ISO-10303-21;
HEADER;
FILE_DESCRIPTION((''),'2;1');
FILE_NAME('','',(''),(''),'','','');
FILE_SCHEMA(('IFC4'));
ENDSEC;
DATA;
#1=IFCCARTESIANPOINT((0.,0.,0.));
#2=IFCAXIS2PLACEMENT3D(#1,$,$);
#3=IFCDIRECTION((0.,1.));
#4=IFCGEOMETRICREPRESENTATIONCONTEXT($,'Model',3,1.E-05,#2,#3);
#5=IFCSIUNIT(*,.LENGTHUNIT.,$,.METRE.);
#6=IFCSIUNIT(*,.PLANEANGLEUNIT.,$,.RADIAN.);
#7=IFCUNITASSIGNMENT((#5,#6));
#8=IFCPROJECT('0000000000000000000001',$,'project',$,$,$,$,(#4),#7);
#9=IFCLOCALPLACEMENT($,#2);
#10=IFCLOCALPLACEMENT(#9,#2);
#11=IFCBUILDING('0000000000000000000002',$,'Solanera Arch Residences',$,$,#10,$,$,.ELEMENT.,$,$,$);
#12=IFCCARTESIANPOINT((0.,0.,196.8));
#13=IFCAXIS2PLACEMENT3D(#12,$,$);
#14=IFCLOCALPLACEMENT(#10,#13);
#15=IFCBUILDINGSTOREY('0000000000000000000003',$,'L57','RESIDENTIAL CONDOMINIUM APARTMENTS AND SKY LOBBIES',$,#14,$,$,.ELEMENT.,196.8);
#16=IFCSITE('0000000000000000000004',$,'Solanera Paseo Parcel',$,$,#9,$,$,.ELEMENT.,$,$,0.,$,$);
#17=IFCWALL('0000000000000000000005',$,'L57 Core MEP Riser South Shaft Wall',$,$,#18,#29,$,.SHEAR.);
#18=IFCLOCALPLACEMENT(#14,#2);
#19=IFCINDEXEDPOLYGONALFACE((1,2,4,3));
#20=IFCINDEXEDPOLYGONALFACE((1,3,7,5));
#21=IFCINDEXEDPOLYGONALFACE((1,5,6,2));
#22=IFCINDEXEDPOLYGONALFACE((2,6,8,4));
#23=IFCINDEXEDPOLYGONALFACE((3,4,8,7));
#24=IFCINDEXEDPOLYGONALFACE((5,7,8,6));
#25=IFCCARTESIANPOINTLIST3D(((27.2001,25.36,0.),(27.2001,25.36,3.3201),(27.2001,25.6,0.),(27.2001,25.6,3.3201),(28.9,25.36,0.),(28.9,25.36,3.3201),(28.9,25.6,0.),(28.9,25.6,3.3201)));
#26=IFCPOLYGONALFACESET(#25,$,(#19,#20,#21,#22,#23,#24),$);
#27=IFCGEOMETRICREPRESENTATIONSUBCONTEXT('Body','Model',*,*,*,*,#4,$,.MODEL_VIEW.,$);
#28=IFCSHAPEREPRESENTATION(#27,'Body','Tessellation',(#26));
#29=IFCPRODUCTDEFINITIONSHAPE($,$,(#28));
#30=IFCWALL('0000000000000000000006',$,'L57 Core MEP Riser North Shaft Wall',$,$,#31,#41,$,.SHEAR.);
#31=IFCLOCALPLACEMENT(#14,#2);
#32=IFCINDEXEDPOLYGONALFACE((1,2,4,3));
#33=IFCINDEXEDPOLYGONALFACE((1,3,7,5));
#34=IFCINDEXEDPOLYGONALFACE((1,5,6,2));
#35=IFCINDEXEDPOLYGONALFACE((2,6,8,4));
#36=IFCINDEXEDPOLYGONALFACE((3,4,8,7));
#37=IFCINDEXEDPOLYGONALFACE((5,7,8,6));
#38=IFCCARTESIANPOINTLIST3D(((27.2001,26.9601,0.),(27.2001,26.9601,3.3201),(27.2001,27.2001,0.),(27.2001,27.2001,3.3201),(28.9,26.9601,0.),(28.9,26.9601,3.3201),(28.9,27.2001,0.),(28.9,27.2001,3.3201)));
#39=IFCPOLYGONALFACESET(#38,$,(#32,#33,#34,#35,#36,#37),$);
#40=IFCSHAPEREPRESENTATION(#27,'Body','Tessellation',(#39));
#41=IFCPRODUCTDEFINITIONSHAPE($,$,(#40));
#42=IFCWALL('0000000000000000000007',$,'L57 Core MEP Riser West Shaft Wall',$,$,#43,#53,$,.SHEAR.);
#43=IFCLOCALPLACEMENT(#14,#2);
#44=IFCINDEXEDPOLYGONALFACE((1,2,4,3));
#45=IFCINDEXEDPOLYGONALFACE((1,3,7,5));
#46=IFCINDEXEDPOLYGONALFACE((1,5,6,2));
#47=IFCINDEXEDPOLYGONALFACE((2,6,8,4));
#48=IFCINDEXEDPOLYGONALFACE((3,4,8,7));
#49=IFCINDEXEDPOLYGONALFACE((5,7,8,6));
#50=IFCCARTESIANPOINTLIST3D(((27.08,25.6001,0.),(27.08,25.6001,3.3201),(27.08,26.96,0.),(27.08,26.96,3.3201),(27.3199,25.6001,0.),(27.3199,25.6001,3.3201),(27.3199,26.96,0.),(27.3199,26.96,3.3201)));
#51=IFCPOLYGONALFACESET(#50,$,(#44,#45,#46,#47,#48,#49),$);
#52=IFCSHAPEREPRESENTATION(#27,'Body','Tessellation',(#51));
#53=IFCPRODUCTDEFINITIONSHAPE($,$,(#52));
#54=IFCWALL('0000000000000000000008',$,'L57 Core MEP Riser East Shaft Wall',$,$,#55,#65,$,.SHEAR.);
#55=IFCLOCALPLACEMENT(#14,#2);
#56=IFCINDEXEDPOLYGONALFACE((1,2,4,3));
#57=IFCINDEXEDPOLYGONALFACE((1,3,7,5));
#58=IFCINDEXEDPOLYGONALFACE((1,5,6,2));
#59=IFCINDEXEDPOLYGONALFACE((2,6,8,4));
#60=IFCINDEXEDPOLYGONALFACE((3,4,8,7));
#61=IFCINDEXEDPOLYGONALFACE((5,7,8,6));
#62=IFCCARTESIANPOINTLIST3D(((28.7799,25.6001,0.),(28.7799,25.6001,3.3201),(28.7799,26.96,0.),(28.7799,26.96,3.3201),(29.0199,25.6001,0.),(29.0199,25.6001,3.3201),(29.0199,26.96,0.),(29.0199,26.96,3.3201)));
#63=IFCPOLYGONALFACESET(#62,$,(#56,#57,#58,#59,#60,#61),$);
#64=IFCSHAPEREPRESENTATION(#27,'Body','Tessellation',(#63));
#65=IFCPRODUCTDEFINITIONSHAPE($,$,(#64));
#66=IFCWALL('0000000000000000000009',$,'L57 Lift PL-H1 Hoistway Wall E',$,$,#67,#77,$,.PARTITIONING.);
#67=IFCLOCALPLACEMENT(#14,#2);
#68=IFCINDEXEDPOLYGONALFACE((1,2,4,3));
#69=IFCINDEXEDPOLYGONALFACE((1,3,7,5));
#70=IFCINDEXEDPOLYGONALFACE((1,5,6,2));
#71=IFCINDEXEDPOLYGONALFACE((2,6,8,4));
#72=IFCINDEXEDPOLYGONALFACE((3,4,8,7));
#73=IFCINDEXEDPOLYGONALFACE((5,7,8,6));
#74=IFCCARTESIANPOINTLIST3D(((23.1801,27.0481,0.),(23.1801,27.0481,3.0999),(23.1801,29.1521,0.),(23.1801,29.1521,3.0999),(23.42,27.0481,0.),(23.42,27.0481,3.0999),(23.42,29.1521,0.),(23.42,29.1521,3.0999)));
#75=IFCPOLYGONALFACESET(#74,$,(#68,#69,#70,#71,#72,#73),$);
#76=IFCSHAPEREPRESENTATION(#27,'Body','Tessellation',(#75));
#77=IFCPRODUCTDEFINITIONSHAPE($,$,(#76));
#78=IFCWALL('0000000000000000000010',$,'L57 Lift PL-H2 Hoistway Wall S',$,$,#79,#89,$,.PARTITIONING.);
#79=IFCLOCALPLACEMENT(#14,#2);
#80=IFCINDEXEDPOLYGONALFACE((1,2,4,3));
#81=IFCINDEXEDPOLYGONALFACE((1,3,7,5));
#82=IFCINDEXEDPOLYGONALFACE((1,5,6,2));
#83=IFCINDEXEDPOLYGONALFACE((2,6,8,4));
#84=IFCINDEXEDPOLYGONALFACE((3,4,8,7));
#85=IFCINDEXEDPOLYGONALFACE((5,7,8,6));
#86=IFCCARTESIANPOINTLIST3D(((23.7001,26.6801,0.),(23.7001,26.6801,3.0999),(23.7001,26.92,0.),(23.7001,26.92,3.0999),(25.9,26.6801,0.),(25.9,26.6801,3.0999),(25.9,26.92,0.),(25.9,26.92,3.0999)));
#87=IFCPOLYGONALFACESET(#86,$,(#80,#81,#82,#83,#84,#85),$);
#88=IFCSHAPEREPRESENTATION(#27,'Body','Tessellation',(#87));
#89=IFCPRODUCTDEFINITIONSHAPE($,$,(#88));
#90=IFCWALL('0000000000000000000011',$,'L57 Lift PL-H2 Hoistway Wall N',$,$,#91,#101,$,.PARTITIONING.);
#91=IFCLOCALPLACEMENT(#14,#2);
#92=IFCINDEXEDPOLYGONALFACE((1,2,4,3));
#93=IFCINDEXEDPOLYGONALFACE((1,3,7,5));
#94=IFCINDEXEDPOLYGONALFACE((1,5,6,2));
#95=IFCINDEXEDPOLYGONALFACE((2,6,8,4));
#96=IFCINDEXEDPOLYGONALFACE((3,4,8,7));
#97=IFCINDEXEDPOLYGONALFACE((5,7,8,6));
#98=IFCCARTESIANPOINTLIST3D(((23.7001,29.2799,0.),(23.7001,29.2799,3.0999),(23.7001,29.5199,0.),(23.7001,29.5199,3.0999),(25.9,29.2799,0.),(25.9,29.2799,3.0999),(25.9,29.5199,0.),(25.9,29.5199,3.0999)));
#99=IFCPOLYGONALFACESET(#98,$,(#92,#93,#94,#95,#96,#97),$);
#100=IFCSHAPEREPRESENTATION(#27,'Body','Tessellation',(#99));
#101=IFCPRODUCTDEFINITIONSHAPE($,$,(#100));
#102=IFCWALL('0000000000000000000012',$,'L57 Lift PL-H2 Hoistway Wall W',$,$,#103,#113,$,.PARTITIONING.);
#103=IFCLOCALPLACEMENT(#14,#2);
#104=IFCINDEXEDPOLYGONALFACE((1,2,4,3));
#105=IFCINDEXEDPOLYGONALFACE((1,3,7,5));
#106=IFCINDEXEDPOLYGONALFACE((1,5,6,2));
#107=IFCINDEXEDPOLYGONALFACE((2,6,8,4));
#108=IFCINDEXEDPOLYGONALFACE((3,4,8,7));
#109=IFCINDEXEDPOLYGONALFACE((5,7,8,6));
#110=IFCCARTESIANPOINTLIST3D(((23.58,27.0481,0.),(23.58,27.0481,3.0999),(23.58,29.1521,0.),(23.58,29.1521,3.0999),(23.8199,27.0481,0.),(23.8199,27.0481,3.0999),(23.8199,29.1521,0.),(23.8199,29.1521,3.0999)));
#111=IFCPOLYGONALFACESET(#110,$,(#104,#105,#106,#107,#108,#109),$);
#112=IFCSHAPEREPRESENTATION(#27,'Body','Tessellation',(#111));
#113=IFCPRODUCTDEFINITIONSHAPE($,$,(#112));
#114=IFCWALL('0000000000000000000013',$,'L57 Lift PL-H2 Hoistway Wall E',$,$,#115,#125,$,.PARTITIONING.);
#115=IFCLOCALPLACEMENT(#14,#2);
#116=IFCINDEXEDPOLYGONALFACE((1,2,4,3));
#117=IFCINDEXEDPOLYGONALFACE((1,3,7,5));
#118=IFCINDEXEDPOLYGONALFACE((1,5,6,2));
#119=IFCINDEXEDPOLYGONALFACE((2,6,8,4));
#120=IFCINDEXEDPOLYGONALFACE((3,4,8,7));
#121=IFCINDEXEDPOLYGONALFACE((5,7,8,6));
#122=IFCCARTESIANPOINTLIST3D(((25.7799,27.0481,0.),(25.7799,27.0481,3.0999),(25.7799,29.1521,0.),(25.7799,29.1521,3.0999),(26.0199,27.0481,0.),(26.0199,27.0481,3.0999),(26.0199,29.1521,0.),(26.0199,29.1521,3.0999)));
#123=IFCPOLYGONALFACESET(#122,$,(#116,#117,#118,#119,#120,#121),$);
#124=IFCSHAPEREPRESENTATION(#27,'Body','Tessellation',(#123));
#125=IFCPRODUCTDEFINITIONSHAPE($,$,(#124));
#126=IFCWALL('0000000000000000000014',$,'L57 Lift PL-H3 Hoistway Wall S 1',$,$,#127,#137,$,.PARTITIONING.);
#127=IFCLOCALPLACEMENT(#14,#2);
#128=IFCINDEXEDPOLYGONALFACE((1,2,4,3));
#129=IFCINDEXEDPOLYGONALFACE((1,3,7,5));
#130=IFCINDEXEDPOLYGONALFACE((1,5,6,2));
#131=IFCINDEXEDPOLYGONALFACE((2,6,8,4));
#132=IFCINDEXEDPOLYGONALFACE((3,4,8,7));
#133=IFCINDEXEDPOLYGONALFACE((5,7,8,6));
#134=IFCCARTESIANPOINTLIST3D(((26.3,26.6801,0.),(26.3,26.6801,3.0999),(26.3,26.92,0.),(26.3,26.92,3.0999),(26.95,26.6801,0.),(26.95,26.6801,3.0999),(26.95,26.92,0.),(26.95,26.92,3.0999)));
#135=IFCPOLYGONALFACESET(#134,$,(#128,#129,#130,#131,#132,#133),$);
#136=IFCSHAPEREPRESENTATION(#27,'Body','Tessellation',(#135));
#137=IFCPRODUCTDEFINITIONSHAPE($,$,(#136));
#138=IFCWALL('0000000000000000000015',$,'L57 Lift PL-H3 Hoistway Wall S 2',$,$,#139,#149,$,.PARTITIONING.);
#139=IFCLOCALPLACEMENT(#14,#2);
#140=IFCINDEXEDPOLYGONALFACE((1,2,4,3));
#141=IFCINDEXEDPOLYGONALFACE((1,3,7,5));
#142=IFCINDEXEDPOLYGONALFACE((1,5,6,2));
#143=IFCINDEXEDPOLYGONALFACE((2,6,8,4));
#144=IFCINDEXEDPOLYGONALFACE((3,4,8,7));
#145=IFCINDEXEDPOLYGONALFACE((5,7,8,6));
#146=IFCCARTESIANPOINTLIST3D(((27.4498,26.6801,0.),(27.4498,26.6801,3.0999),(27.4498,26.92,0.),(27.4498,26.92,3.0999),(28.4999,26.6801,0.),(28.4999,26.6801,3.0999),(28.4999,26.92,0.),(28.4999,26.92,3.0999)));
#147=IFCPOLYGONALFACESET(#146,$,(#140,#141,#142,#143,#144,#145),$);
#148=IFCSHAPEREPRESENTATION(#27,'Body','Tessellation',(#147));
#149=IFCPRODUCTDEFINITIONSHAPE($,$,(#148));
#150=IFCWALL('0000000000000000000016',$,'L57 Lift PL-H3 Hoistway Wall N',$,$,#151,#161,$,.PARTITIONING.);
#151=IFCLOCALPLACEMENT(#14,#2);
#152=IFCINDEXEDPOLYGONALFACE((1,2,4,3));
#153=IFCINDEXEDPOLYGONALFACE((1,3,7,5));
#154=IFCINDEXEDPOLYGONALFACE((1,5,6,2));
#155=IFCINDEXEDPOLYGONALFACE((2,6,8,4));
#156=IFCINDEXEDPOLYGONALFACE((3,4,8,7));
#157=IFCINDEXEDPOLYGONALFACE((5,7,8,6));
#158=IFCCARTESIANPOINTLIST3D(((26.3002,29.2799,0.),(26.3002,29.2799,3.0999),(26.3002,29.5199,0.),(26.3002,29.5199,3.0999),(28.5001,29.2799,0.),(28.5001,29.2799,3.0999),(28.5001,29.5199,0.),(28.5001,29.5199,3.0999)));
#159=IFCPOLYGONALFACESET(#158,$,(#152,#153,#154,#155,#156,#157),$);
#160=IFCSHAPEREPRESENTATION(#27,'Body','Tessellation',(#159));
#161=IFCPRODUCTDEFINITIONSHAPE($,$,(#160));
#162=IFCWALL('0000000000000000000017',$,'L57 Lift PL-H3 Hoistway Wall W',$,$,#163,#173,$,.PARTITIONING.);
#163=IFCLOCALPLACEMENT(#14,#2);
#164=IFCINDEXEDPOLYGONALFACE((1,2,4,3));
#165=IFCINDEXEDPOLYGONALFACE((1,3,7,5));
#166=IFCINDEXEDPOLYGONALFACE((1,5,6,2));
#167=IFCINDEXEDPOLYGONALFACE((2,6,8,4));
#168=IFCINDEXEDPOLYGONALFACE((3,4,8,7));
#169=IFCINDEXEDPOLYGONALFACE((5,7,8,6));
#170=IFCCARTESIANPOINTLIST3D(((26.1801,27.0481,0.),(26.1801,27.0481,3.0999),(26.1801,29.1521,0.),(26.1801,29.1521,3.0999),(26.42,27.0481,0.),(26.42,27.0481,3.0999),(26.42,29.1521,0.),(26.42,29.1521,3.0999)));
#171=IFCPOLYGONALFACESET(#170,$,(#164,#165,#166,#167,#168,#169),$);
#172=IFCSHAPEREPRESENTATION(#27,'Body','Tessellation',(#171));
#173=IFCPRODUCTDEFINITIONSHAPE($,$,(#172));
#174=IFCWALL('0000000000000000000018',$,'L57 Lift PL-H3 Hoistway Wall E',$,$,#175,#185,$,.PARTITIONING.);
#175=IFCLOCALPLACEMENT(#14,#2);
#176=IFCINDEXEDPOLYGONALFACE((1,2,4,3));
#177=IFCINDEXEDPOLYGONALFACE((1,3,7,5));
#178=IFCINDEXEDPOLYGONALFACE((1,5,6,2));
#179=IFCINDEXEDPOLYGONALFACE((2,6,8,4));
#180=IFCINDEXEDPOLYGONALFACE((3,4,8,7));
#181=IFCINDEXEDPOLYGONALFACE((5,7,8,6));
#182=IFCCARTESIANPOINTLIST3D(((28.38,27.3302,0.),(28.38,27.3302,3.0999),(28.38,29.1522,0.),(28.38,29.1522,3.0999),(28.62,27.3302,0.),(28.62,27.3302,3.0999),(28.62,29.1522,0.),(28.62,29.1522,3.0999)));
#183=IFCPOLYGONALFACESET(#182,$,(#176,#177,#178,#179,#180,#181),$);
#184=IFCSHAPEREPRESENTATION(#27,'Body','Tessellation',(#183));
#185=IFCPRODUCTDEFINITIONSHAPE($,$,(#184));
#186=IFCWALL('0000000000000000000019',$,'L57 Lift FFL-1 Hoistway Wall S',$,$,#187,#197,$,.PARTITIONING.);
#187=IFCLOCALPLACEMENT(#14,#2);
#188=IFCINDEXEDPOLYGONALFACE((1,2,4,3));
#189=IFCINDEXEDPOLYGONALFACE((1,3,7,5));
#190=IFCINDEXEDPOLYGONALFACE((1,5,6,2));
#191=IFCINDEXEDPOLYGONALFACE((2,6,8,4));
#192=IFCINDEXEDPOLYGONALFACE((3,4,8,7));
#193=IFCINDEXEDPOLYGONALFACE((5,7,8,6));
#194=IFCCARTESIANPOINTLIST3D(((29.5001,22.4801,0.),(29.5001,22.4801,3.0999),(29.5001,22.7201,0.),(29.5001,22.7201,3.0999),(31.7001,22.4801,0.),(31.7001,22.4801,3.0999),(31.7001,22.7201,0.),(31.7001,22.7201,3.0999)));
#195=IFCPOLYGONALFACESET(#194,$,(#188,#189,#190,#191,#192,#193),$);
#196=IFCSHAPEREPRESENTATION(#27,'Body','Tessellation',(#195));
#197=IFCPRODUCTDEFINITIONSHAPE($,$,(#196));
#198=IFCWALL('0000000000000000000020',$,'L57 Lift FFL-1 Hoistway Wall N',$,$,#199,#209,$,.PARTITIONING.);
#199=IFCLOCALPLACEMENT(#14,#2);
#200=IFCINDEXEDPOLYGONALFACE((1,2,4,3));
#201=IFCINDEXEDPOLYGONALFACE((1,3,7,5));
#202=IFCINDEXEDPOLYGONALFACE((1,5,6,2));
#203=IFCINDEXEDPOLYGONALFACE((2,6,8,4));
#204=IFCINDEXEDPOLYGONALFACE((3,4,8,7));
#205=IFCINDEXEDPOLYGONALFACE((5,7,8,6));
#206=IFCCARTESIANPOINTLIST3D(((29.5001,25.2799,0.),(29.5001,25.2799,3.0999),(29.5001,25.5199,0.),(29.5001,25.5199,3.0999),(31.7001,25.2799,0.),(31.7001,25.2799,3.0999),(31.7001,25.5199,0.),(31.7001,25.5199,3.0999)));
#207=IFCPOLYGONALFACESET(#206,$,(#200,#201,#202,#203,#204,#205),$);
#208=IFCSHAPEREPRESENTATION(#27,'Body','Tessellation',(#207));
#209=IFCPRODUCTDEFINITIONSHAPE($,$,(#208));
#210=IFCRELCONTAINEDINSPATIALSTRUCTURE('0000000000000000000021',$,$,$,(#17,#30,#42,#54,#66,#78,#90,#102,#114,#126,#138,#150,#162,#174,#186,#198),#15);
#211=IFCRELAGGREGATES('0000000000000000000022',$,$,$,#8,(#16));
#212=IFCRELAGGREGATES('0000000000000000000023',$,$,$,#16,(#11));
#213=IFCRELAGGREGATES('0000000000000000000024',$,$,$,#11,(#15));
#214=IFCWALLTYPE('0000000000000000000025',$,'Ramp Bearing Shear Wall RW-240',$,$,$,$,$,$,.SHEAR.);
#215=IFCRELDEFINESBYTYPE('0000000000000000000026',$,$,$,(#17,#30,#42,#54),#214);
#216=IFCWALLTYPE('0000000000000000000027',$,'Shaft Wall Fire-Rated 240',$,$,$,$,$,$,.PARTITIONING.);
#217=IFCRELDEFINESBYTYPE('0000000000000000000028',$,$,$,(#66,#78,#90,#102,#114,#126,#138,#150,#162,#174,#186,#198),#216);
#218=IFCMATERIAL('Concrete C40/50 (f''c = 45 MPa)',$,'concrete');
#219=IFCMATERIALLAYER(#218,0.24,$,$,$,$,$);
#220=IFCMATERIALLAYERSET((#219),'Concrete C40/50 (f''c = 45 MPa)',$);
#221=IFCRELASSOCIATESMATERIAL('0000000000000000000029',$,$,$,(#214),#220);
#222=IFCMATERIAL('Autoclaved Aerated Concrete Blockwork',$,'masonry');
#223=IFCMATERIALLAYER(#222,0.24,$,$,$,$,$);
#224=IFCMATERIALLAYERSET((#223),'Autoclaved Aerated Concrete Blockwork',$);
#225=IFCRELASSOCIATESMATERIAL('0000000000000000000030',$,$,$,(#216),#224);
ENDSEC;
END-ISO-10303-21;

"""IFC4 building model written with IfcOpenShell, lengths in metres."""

from ifc_helpers import new_model, si_unit, direction, frame, frame_2d, origin, place, context, subcontext, project, spatial, rectangle, extrude, material, layer, layer_set, type_object, element, save


model = new_model("IFC4")

# Units and contexts
model_context = context("Model", 3, precision=1e-05, world=origin(), true_north=direction((0.0, 1.0)))
body_context = subcontext(model_context, "Body", "Model", "MODEL_VIEW")
ifc_project = project(units=[si_unit("LENGTHUNIT", "METRE"), si_unit("PLANEANGLEUNIT", "RADIAN")], contexts=[model_context])

# Site, building, storey
site_placement = place(None, origin())
site = spatial("IfcSite", under=ifc_project, at=site_placement, Name="Solanera Paseo Parcel", CompositionType="ELEMENT", RefElevation=0.0)
building_placement = place(site_placement, origin())
building = spatial("IfcBuilding", under=site, at=building_placement, Name="Solanera Arch Residences", CompositionType="ELEMENT")
storey_placement = place(building_placement, frame((0.0, 0.0, 196.8)))
storey = spatial("IfcBuildingStorey", under=building, at=storey_placement, Name="L57", Description="RESIDENTIAL CONDOMINIUM APARTMENTS AND SKY LOBBIES", CompositionType="ELEMENT", Elevation=196.8)

# Walls
ifc_material_1 = material(Name="Concrete C40/50 (f'c = 45 MPa)", Category="concrete")
ifc_layer_1 = layer(ifc_material_1, 0.24)
ifc_layer_set_1 = layer_set([ifc_layer_1], Name="Concrete C40/50 (f'c = 45 MPa)")
wall_type_1 = type_object("IfcWallType", Name="Ramp Bearing Shear Wall RW-240", PredefinedType="SHEAR", material=ifc_layer_set_1)
for number, where, z_axis, x_axis, name in (
    (1, (27.2, 25.48, 0.0), (0.0, 0.0, 1.0), (1.0, 0.0, 0.0), "L57 Core MEP Riser South Shaft Wall"),
    (2, (27.2, 27.0801, 0.0), (0.0, 0.0, 1.0), (1.0, 0.0, 0.0), "L57 Core MEP Riser North Shaft Wall"),
):
    element("IfcWall", number, at=place(storey_placement, frame(where, z_axis=z_axis, x_axis=x_axis)), inside=storey, type_object=wall_type_1, Name=name, PredefinedType="SHEAR", context=body_context, shape_type="SweptSolid", body=[
        extrude(rectangle(XDim=1.7, YDim=0.24, at=frame_2d((0.8501, 0.0))), origin(), (0.0, 0.0, 1.0), 3.3201),
    ])
for number, where, z_axis, x_axis, name in (
    (3, (27.2, 25.6001, 0.0), (0.0, 0.0, 1.0), (0.0, 1.0, 0.0), "L57 Core MEP Riser West Shaft Wall"),
    (4, (28.8999, 25.6001, 0.0), (0.0, 0.0, 1.0), (0.0, 1.0, 0.0), "L57 Core MEP Riser East Shaft Wall"),
):
    element("IfcWall", number, at=place(storey_placement, frame(where, z_axis=z_axis, x_axis=x_axis)), inside=storey, type_object=wall_type_1, Name=name, PredefinedType="SHEAR", context=body_context, shape_type="SweptSolid", body=[
        extrude(rectangle(XDim=1.3599, YDim=0.24, at=frame_2d((0.6799, 0.0))), origin(), (0.0, 0.0, 1.0), 3.3201),
    ])
ifc_material_2 = material(Name="Autoclaved Aerated Concrete Blockwork", Category="masonry")
ifc_layer_2 = layer(ifc_material_2, 0.24)
ifc_layer_set_2 = layer_set([ifc_layer_2], Name="Autoclaved Aerated Concrete Blockwork")
wall_type_2 = type_object("IfcWallType", Name="Shaft Wall Fire-Rated 240", PredefinedType="PARTITIONING", material=ifc_layer_set_2)
wall_1_placement = place(storey_placement, frame((23.3, 27.0481, 0.0), z_axis=(0.0, 0.0, 1.0), x_axis=(0.0, 1.0, 0.0)))
element("IfcWall", 5, at=wall_1_placement, inside=storey, type_object=wall_type_2, Name="L57 Lift PL-H1 Hoistway Wall E", PredefinedType="PARTITIONING", context=body_context, shape_type="SweptSolid", body=[
    extrude(rectangle(XDim=2.104, YDim=0.24, at=frame_2d((1.052, 0.0))), origin(), (0.0, 0.0, 1.0), 3.0999),
])
for number, where, z_axis, x_axis, name in (
    (6, (23.7, 26.8, 0.0), (0.0, 0.0, 1.0), (1.0, 0.0, 0.0), "L57 Lift PL-H2 Hoistway Wall S"),
    (7, (23.7, 29.3999, 0.0), (0.0, 0.0, 1.0), (1.0, 0.0, 0.0), "L57 Lift PL-H2 Hoistway Wall N"),
):
    element("IfcWall", number, at=place(storey_placement, frame(where, z_axis=z_axis, x_axis=x_axis)), inside=storey, type_object=wall_type_2, Name=name, PredefinedType="PARTITIONING", context=body_context, shape_type="SweptSolid", body=[
        extrude(rectangle(XDim=2.2, YDim=0.24, at=frame_2d((1.1001, 0.0))), origin(), (0.0, 0.0, 1.0), 3.0999),
    ])
for number, where, z_axis, x_axis, name in (
    (8, (23.7, 27.0481, 0.0), (0.0, 0.0, 1.0), (0.0, 1.0, 0.0), "L57 Lift PL-H2 Hoistway Wall W"),
    (9, (25.8999, 27.0481, 0.0), (0.0, 0.0, 1.0), (0.0, 1.0, 0.0), "L57 Lift PL-H2 Hoistway Wall E"),
):
    element("IfcWall", number, at=place(storey_placement, frame(where, z_axis=z_axis, x_axis=x_axis)), inside=storey, type_object=wall_type_2, Name=name, PredefinedType="PARTITIONING", context=body_context, shape_type="SweptSolid", body=[
        extrude(rectangle(XDim=2.104, YDim=0.24, at=frame_2d((1.052, 0.0))), origin(), (0.0, 0.0, 1.0), 3.0999),
    ])
wall_2_placement = place(storey_placement, frame((26.3, 26.8, 0.0), z_axis=(0.0, 0.0, 1.0), x_axis=(1.0, 0.0, 0.0)))
element("IfcWall", 10, at=wall_2_placement, inside=storey, type_object=wall_type_2, Name="L57 Lift PL-H3 Hoistway Wall S 1", PredefinedType="PARTITIONING", context=body_context, shape_type="SweptSolid", body=[
    extrude(rectangle(XDim=0.6499, YDim=0.24, at=frame_2d((0.325, 0.0))), origin(), (0.0, 0.0, 1.0), 3.0999),
])
wall_3_placement = place(storey_placement, frame((27.45, 26.8, 0.0), z_axis=(0.0, 0.0, 1.0), x_axis=(1.0, 0.0, 0.0)))
element("IfcWall", 11, at=wall_3_placement, inside=storey, type_object=wall_type_2, Name="L57 Lift PL-H3 Hoistway Wall S 2", PredefinedType="PARTITIONING", context=body_context, shape_type="SweptSolid", body=[
    extrude(rectangle(XDim=1.05, YDim=0.24, at=frame_2d((0.5249, 0.0))), origin(), (0.0, 0.0, 1.0), 3.0999),
])
wall_4_placement = place(storey_placement, frame((26.3, 29.3999, 0.0), z_axis=(0.0, 0.0, 1.0), x_axis=(1.0, 0.0, 0.0)))
element("IfcWall", 12, at=wall_4_placement, inside=storey, type_object=wall_type_2, Name="L57 Lift PL-H3 Hoistway Wall N", PredefinedType="PARTITIONING", context=body_context, shape_type="SweptSolid", body=[
    extrude(rectangle(XDim=2.2, YDim=0.24, at=frame_2d((1.1001, 0.0))), origin(), (0.0, 0.0, 1.0), 3.0999),
])
wall_5_placement = place(storey_placement, frame((26.3, 27.0481, 0.0), z_axis=(0.0, 0.0, 1.0), x_axis=(0.0, 1.0, 0.0)))
element("IfcWall", 13, at=wall_5_placement, inside=storey, type_object=wall_type_2, Name="L57 Lift PL-H3 Hoistway Wall W", PredefinedType="PARTITIONING", context=body_context, shape_type="SweptSolid", body=[
    extrude(rectangle(XDim=2.104, YDim=0.24, at=frame_2d((1.052, 0.0))), origin(), (0.0, 0.0, 1.0), 3.0999),
])
wall_6_placement = place(storey_placement, frame((28.5, 27.3301, 0.0), z_axis=(0.0, 0.0, 1.0), x_axis=(0.0, 1.0, 0.0)))
element("IfcWall", 14, at=wall_6_placement, inside=storey, type_object=wall_type_2, Name="L57 Lift PL-H3 Hoistway Wall E", PredefinedType="PARTITIONING", context=body_context, shape_type="SweptSolid", body=[
    extrude(rectangle(XDim=1.822, YDim=0.24, at=frame_2d((0.9111, 0.0))), origin(), (0.0, 0.0, 1.0), 3.0999),
])
for number, where, z_axis, x_axis, name in (
    (15, (29.5, 22.6001, 0.0), (0.0, 0.0, 1.0), (1.0, 0.0, 0.0), "L57 Lift FFL-1 Hoistway Wall S"),
    (16, (29.5, 25.3999, 0.0), (0.0, 0.0, 1.0), (1.0, 0.0, 0.0), "L57 Lift FFL-1 Hoistway Wall N"),
):
    element("IfcWall", number, at=place(storey_placement, frame(where, z_axis=z_axis, x_axis=x_axis)), inside=storey, type_object=wall_type_2, Name=name, PredefinedType="PARTITIONING", context=body_context, shape_type="SweptSolid", body=[
        extrude(rectangle(XDim=2.2, YDim=0.24, at=frame_2d((1.1001, 0.0))), origin(), (0.0, 0.0, 1.0), 3.0999),
    ])

save(model, "model.ifc")
